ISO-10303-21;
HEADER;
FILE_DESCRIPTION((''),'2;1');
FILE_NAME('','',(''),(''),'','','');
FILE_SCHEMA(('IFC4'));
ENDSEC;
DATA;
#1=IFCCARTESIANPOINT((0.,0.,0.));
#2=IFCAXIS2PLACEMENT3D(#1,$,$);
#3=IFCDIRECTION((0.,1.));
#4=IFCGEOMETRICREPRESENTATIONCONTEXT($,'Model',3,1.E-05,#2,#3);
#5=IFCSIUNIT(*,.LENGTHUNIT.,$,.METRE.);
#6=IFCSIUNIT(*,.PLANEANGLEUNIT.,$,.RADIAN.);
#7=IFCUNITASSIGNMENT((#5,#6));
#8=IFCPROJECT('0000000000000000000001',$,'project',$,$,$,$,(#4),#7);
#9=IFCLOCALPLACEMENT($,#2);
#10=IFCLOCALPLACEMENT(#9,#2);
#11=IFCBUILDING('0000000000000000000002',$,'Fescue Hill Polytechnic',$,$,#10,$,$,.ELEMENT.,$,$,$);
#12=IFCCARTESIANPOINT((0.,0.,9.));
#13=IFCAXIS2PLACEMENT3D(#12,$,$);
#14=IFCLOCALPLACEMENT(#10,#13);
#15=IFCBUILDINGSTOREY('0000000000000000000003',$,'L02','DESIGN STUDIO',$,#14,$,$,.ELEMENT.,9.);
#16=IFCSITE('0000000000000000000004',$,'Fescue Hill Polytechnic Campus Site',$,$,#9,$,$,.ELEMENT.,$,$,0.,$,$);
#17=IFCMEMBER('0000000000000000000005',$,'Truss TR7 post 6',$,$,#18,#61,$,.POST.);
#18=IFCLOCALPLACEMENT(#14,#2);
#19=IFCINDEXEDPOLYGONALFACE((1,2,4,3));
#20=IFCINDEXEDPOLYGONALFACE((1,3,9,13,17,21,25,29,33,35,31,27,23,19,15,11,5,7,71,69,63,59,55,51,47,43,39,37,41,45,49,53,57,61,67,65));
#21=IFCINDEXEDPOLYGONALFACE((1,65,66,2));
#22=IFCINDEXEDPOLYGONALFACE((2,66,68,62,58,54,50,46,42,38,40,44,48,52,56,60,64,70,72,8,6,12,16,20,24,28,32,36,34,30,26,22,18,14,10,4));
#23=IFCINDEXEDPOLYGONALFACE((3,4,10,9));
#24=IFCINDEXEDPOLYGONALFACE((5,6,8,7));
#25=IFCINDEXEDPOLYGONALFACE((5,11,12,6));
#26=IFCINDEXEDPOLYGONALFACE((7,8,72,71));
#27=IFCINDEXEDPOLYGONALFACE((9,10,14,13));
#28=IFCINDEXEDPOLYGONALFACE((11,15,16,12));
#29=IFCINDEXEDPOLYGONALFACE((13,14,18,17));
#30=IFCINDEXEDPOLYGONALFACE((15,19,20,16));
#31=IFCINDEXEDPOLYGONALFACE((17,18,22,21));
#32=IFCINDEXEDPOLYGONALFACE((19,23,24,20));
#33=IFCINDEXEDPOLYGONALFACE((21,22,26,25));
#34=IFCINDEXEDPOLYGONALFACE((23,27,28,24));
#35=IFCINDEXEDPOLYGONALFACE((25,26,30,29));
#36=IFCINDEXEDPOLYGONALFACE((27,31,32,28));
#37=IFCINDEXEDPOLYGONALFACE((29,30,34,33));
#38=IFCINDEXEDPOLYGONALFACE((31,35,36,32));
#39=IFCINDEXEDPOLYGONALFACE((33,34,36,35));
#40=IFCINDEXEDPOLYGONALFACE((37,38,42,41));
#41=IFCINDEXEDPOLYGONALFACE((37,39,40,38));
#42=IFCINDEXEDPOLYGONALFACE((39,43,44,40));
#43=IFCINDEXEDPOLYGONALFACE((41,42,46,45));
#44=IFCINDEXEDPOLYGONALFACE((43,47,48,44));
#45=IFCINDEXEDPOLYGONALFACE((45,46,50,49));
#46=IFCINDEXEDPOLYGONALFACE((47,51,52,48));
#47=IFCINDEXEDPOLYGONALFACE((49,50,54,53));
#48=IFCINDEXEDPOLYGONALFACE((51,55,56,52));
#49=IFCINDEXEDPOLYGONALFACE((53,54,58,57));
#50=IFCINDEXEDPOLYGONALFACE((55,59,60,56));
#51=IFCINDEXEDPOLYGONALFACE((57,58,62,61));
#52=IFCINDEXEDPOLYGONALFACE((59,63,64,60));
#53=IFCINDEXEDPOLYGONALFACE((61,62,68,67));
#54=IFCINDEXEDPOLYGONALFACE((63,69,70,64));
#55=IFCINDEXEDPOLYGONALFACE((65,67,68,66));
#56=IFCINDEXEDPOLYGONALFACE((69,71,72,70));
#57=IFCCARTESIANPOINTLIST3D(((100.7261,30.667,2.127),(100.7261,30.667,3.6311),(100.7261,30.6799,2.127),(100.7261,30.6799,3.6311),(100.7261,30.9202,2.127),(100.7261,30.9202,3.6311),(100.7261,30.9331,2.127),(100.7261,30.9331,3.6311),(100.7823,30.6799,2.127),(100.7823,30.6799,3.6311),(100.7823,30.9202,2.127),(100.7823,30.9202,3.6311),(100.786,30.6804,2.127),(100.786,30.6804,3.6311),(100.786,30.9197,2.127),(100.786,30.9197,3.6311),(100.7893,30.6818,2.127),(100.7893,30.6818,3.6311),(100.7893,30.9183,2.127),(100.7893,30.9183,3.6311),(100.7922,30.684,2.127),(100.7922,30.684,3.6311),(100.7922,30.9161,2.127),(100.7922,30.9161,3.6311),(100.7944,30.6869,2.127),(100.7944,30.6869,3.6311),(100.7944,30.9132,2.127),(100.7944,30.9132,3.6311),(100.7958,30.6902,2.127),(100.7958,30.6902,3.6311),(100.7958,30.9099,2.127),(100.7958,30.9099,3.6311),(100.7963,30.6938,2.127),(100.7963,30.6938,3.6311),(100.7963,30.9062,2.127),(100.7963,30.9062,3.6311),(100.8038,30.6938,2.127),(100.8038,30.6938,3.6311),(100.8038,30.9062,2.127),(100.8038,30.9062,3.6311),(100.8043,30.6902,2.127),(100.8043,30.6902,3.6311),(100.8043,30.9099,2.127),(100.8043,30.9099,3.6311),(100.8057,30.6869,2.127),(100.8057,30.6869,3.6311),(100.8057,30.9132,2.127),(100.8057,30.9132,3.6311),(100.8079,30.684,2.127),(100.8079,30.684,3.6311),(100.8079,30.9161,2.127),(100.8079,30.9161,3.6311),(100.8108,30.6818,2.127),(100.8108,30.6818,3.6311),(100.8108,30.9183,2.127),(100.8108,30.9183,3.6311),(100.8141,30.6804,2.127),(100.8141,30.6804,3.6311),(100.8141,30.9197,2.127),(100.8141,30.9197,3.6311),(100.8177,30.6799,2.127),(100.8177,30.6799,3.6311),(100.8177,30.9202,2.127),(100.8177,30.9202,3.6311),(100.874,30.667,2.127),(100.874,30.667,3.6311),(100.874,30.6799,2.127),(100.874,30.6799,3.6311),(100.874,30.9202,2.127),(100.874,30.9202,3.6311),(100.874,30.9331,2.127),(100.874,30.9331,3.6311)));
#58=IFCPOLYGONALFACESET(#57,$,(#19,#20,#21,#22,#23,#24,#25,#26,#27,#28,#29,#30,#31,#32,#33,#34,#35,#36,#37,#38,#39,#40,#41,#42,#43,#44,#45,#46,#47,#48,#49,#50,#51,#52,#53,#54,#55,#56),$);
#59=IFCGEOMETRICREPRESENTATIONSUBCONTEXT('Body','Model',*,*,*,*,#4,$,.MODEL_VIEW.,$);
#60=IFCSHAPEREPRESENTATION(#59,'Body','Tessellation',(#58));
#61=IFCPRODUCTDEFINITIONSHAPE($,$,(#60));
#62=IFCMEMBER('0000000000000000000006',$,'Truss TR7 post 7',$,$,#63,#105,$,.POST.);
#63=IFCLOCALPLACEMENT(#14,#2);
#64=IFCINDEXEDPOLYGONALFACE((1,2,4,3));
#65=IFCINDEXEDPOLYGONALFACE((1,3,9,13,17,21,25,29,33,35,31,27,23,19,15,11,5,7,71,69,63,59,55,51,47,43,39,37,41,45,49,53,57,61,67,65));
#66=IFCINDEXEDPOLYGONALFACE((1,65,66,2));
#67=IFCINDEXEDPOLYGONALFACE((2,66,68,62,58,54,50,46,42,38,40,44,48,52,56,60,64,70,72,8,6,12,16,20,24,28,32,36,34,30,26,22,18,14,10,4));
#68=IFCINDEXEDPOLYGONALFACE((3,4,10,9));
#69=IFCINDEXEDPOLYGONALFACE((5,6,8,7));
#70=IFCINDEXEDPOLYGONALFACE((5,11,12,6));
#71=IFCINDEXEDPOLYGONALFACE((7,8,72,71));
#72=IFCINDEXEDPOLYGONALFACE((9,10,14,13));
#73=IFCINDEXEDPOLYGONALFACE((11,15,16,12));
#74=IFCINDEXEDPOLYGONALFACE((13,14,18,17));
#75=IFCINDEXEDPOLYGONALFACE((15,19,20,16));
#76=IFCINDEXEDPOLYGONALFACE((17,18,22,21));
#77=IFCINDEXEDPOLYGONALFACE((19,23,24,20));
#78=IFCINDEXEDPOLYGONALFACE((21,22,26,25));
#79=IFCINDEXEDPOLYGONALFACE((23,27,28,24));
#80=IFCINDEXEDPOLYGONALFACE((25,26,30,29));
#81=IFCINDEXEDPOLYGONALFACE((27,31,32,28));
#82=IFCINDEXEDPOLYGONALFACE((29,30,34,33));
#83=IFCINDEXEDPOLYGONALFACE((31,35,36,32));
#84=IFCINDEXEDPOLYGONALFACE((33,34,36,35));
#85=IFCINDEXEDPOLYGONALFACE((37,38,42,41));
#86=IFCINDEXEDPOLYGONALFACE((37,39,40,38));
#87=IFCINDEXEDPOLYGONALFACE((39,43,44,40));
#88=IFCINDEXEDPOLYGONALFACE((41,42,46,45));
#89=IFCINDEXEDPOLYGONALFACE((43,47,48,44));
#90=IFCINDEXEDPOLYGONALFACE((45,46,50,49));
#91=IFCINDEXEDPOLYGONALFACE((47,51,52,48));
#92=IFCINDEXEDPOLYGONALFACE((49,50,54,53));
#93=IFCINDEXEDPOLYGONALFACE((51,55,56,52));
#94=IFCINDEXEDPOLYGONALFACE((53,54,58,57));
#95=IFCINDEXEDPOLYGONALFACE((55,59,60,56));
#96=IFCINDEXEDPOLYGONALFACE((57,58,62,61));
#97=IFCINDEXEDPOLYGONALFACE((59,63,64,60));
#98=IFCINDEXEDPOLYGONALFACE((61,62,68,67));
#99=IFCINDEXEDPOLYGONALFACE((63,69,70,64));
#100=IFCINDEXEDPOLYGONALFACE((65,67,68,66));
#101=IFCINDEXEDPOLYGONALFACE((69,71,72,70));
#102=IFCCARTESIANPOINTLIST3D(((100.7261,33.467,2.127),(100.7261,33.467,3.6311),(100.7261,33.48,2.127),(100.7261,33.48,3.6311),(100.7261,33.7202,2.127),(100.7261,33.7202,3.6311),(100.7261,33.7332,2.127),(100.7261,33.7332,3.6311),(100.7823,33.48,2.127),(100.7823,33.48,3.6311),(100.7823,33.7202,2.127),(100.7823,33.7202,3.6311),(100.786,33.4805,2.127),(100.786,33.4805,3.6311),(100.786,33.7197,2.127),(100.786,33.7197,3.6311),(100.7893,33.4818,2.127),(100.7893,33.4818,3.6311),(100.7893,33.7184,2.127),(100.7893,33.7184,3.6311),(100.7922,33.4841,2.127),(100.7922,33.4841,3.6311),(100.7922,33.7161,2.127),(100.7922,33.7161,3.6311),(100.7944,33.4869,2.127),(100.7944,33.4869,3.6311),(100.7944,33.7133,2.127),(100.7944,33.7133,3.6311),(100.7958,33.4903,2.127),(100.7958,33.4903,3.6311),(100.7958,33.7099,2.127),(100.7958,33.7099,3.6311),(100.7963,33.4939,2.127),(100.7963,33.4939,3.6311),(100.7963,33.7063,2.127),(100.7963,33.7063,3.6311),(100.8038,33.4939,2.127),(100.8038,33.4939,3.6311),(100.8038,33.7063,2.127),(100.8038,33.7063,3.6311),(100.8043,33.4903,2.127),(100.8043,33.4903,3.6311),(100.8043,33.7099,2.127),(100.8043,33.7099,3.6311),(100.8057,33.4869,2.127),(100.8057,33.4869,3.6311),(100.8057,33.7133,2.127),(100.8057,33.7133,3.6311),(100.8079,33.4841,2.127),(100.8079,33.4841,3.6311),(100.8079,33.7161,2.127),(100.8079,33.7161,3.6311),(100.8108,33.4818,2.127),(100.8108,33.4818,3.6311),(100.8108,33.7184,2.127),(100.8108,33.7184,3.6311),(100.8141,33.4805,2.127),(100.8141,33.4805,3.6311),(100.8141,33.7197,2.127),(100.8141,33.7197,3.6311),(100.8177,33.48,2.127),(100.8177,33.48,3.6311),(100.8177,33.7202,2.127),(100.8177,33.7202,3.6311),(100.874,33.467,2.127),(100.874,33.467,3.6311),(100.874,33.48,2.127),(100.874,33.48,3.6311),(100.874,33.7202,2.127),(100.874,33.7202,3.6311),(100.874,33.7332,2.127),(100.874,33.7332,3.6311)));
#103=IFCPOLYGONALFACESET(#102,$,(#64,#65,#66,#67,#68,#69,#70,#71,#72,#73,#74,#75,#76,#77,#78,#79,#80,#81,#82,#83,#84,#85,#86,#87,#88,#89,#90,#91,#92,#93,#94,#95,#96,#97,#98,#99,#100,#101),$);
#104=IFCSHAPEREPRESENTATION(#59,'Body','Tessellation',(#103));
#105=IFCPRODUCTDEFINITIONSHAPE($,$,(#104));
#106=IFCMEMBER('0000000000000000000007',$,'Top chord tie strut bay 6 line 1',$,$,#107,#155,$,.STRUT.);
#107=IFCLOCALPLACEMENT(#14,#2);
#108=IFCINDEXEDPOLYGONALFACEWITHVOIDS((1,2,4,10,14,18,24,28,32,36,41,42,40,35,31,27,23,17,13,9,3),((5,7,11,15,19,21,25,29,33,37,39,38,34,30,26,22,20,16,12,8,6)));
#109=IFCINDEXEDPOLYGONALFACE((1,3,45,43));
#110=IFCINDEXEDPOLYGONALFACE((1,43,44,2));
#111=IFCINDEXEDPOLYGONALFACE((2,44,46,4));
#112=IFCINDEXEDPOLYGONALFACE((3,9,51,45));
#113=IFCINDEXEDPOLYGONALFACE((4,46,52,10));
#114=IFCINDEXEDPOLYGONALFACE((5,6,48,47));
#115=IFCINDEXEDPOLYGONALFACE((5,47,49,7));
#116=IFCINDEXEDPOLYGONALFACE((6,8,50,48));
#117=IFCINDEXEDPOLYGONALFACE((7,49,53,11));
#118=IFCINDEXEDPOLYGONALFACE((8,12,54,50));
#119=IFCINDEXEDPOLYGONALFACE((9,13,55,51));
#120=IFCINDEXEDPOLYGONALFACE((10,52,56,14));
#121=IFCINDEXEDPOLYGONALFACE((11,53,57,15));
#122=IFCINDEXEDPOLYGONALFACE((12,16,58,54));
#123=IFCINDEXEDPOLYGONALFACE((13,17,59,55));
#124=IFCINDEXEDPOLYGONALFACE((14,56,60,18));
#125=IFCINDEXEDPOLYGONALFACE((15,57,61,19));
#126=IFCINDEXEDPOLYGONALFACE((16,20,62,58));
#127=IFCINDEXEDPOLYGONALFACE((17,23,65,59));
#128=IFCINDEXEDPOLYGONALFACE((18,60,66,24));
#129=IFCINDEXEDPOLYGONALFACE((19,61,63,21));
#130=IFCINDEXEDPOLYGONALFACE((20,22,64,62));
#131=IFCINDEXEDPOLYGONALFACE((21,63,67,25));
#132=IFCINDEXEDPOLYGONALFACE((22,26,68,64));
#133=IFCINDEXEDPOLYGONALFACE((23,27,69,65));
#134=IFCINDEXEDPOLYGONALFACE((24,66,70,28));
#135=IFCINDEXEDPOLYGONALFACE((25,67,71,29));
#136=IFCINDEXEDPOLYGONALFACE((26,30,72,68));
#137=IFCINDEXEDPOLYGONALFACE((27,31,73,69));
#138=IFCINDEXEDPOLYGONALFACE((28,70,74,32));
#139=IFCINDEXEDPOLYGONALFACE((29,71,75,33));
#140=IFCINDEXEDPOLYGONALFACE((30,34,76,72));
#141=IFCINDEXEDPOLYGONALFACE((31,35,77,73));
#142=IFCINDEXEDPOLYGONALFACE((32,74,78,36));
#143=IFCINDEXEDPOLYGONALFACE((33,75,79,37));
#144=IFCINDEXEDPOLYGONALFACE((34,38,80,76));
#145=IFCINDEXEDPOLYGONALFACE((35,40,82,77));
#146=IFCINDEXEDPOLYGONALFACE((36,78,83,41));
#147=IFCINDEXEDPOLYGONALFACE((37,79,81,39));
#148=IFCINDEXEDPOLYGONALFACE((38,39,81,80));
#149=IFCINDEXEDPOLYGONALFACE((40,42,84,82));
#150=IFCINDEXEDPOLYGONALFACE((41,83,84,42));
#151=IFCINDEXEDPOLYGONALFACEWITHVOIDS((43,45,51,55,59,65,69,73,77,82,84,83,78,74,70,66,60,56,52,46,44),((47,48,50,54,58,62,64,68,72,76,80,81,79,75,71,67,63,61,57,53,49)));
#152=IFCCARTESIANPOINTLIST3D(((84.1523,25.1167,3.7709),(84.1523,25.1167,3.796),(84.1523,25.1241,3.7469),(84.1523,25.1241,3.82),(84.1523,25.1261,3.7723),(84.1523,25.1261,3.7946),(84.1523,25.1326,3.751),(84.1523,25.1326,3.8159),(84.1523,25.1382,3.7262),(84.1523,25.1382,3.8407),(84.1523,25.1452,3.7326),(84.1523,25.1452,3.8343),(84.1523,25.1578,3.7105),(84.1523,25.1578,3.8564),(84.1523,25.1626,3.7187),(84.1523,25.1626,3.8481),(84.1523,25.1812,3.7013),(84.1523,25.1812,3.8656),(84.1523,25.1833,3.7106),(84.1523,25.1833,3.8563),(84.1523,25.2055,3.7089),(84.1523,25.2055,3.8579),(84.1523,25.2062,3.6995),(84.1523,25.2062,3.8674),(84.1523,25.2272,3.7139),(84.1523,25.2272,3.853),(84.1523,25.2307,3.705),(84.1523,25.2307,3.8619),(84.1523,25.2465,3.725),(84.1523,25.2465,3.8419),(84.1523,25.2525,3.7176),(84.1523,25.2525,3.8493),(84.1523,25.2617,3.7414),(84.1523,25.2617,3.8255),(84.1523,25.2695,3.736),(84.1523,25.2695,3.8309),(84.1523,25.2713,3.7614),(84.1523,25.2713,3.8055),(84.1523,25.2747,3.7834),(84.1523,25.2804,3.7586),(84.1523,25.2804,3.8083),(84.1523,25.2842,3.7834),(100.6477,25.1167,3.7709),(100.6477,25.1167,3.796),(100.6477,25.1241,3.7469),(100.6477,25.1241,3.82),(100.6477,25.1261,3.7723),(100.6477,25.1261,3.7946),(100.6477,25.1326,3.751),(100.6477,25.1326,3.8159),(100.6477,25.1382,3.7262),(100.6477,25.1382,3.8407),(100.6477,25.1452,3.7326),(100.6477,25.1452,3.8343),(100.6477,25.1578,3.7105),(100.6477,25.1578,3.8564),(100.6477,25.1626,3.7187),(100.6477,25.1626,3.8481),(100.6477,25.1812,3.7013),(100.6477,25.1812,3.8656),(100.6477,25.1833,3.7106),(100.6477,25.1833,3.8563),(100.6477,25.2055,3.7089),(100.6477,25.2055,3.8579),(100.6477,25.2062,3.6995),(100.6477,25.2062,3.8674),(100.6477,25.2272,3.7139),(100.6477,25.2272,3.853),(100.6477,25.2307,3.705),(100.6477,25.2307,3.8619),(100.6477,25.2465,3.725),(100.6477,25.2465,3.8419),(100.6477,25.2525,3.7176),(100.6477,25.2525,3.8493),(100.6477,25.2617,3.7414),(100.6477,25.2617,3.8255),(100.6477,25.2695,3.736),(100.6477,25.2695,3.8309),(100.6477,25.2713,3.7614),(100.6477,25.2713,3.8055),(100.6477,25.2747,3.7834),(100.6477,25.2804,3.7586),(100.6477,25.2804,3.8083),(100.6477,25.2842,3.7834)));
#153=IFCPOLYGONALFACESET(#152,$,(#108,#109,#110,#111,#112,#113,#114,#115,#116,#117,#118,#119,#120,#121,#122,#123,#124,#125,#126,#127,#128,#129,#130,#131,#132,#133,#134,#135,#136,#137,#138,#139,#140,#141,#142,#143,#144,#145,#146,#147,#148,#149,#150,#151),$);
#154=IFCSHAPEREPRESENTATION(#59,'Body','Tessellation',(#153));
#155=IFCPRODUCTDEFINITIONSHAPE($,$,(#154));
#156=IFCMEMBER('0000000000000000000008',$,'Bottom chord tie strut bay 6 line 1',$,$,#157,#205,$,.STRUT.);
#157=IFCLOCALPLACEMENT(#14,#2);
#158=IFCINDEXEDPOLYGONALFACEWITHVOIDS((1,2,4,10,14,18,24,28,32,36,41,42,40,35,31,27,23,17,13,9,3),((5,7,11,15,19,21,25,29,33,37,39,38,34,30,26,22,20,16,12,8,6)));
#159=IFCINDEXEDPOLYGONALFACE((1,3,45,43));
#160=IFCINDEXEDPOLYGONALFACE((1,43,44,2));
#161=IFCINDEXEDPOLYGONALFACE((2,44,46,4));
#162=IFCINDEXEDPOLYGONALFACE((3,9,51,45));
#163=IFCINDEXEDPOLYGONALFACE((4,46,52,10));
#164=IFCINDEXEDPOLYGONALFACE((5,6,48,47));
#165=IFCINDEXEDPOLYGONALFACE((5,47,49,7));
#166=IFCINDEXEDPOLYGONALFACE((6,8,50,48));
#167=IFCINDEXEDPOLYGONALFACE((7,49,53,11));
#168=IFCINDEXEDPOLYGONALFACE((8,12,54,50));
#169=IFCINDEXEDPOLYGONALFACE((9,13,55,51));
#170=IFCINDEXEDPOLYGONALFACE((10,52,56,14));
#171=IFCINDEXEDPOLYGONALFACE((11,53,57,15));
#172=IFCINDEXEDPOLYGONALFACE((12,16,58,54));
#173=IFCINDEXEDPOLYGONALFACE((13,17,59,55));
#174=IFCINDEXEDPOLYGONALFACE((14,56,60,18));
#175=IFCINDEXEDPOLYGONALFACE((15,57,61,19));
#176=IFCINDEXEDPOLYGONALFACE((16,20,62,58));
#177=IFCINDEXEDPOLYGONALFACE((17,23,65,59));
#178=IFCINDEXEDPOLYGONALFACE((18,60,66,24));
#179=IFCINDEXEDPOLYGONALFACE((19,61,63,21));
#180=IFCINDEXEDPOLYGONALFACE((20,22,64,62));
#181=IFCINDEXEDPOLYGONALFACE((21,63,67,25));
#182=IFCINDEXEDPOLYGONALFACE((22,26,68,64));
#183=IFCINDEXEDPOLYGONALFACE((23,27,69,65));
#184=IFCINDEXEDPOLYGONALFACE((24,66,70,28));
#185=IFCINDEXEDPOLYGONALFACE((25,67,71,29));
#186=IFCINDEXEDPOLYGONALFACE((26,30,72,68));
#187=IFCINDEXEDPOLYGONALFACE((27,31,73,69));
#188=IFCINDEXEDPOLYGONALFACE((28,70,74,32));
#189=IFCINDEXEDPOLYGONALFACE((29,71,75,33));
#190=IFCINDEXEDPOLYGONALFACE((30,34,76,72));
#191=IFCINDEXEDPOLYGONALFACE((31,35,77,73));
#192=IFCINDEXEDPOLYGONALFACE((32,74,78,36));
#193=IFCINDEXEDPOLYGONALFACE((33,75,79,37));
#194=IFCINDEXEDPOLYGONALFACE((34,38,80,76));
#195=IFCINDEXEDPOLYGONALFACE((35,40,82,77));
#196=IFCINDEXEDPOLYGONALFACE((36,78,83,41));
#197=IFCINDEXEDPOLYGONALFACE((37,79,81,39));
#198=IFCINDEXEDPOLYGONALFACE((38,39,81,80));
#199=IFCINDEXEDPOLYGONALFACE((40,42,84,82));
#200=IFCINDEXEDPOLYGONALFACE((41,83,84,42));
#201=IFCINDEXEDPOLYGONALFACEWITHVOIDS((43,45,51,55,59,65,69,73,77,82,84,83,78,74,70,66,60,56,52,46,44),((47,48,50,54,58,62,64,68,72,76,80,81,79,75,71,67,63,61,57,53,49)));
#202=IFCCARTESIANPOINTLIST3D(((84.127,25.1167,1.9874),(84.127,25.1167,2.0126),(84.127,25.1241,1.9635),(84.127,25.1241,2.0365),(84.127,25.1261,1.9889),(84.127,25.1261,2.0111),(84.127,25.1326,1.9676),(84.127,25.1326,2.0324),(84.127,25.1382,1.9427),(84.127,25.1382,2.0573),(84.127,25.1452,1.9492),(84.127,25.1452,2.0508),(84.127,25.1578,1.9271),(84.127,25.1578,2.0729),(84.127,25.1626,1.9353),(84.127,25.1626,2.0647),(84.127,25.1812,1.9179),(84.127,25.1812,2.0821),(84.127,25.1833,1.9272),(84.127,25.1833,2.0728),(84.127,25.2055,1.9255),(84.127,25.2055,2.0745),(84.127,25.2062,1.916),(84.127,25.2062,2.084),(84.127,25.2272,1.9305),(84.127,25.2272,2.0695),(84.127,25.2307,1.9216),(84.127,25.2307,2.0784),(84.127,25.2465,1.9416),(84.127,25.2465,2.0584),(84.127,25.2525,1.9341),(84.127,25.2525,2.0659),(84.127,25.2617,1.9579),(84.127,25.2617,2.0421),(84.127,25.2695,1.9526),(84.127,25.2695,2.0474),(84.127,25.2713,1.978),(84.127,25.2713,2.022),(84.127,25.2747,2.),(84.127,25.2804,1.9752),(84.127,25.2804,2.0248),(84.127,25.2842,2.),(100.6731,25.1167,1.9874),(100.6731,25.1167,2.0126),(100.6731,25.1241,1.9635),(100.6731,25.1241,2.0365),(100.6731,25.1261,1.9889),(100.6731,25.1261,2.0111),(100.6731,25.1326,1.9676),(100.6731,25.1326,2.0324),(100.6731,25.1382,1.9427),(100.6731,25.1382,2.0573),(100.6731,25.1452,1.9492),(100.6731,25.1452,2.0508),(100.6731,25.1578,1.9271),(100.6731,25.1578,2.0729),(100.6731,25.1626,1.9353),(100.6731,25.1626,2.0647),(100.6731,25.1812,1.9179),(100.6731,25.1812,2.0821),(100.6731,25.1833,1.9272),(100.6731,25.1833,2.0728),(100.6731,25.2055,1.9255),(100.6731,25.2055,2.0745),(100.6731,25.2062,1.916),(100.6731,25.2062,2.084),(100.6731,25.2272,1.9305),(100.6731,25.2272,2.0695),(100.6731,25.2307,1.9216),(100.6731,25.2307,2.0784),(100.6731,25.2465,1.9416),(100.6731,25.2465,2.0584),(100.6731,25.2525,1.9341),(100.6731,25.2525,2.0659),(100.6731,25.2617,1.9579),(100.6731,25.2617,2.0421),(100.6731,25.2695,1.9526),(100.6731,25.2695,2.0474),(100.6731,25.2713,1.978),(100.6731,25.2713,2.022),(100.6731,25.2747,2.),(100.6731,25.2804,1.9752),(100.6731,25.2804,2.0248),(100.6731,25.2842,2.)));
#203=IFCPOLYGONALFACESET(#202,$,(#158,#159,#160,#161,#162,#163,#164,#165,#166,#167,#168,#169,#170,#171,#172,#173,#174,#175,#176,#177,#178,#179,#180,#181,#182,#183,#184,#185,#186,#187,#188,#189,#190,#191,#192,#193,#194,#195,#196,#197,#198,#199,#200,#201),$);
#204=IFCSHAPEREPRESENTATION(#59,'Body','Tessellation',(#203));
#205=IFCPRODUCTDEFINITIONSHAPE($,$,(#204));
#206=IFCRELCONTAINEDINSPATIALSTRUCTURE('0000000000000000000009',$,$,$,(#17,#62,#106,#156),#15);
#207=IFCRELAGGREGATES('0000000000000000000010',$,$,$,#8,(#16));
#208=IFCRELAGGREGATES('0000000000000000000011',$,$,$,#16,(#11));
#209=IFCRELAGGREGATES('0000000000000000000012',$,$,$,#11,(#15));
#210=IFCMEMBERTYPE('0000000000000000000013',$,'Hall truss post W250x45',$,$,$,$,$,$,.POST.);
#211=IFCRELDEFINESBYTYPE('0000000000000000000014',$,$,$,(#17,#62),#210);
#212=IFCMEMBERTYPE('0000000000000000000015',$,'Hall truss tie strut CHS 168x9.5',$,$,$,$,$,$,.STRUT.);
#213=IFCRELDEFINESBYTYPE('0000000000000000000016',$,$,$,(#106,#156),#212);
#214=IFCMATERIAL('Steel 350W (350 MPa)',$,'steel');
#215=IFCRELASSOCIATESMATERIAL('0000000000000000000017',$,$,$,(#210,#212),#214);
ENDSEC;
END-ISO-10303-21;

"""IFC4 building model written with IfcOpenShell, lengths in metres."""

from ifc_helpers import new_model, si_unit, direction, frame, origin, origin_2d, place, context, subcontext, project, spatial, hollow_circle, i_section, extrude, material, material_profile, profile_set, type_object, element, save


model = new_model("IFC4")

# Units and contexts
model_context = context("Model", 3, precision=1e-05, world=origin(), true_north=direction((0.0, 1.0)))
body_context = subcontext(model_context, "Body", "Model", "MODEL_VIEW")
ifc_project = project(units=[si_unit("LENGTHUNIT", "METRE"), si_unit("PLANEANGLEUNIT", "RADIAN")], contexts=[model_context])

# Site, building, storey
site_placement = place(None, origin())
site = spatial("IfcSite", under=ifc_project, at=site_placement, Name="Fescue Hill Polytechnic Campus Site", CompositionType="ELEMENT", RefElevation=0.0)
building_placement = place(site_placement, origin())
building = spatial("IfcBuilding", under=site, at=building_placement, Name="Fescue Hill Polytechnic", CompositionType="ELEMENT")
storey_placement = place(building_placement, frame((0.0, 0.0, 9.0)))
storey = spatial("IfcBuildingStorey", under=building, at=storey_placement, Name="L02", Description="DESIGN STUDIO", CompositionType="ELEMENT", Elevation=9.0)

# Members
ifc_material = material(Name="Steel 350W (350 MPa)", Category="steel")
ifc_material_profile_1 = material_profile(ifc_material, i_section(OverallWidth=0.1479, OverallDepth=0.2661, WebThickness=0.0076, FlangeThickness=0.0129, FilletRadius=0.0139, at=origin_2d()), Name="W250x45")
ifc_profile_set_1 = profile_set([ifc_material_profile_1], Name="Steel 350W (350 MPa)")
member_type_1 = type_object("IfcMemberType", Name="Hall truss post W250x45", PredefinedType="POST", material=ifc_profile_set_1)
for number, where, z_axis, x_axis, name in (
    (1, (100.8, 30.8, 2.127), (0.0, 0.0, 1.0), (1.0, 0.0, 0.0), "Truss TR7 post 6"),
    (2, (100.8, 33.6001, 2.127), (0.0, 0.0, 1.0), (1.0, 0.0, 0.0), "Truss TR7 post 7"),
):
    element("IfcMember", number, at=place(storey_placement, frame(where, z_axis=z_axis, x_axis=x_axis)), inside=storey, type_object=member_type_1, Name=name, PredefinedType="POST", context=body_context, shape_type="SweptSolid", body=[
        extrude(i_section(OverallWidth=0.1479, OverallDepth=0.2661, WebThickness=0.0076, FlangeThickness=0.0129, FilletRadius=0.0139, at=origin_2d()), origin(), (0.0, 0.0, 1.0), 1.5042),
    ])
ifc_material_profile_2 = material_profile(ifc_material, hollow_circle(Radius=0.0842, WallThickness=0.0095, at=origin_2d()), Name="Hall truss tie strut CHS 168x9.5")
ifc_profile_set_2 = profile_set([ifc_material_profile_2], Name="Steel 350W (350 MPa)")
member_type_2 = type_object("IfcMemberType", Name="Hall truss tie strut CHS 168x9.5", PredefinedType="STRUT", material=ifc_profile_set_2)
member_1_placement = place(storey_placement, frame((84.1523, 25.2, 3.7834), z_axis=(1.0, 0.0, 0.0), x_axis=(0.0, 1.0, 0.0)))
element("IfcMember", 3, at=member_1_placement, inside=storey, type_object=member_type_2, Name="Top chord tie strut bay 6 line 1", PredefinedType="STRUT", context=body_context, shape_type="SweptSolid", body=[
    extrude(hollow_circle(Radius=0.0842, WallThickness=0.0095, at=origin_2d()), origin(), (0.0, 0.0, 1.0), 16.4954),
])
member_2_placement = place(storey_placement, frame((84.127, 25.2, 2.0), z_axis=(1.0, 0.0, 0.0), x_axis=(0.0, 1.0, 0.0)))
element("IfcMember", 4, at=member_2_placement, inside=storey, type_object=member_type_2, Name="Bottom chord tie strut bay 6 line 1", PredefinedType="STRUT", context=body_context, shape_type="SweptSolid", body=[
    extrude(hollow_circle(Radius=0.0842, WallThickness=0.0095, at=origin_2d()), origin(), (0.0, 0.0, 1.0), 16.5461),
])

save(model, "model.ifc")
